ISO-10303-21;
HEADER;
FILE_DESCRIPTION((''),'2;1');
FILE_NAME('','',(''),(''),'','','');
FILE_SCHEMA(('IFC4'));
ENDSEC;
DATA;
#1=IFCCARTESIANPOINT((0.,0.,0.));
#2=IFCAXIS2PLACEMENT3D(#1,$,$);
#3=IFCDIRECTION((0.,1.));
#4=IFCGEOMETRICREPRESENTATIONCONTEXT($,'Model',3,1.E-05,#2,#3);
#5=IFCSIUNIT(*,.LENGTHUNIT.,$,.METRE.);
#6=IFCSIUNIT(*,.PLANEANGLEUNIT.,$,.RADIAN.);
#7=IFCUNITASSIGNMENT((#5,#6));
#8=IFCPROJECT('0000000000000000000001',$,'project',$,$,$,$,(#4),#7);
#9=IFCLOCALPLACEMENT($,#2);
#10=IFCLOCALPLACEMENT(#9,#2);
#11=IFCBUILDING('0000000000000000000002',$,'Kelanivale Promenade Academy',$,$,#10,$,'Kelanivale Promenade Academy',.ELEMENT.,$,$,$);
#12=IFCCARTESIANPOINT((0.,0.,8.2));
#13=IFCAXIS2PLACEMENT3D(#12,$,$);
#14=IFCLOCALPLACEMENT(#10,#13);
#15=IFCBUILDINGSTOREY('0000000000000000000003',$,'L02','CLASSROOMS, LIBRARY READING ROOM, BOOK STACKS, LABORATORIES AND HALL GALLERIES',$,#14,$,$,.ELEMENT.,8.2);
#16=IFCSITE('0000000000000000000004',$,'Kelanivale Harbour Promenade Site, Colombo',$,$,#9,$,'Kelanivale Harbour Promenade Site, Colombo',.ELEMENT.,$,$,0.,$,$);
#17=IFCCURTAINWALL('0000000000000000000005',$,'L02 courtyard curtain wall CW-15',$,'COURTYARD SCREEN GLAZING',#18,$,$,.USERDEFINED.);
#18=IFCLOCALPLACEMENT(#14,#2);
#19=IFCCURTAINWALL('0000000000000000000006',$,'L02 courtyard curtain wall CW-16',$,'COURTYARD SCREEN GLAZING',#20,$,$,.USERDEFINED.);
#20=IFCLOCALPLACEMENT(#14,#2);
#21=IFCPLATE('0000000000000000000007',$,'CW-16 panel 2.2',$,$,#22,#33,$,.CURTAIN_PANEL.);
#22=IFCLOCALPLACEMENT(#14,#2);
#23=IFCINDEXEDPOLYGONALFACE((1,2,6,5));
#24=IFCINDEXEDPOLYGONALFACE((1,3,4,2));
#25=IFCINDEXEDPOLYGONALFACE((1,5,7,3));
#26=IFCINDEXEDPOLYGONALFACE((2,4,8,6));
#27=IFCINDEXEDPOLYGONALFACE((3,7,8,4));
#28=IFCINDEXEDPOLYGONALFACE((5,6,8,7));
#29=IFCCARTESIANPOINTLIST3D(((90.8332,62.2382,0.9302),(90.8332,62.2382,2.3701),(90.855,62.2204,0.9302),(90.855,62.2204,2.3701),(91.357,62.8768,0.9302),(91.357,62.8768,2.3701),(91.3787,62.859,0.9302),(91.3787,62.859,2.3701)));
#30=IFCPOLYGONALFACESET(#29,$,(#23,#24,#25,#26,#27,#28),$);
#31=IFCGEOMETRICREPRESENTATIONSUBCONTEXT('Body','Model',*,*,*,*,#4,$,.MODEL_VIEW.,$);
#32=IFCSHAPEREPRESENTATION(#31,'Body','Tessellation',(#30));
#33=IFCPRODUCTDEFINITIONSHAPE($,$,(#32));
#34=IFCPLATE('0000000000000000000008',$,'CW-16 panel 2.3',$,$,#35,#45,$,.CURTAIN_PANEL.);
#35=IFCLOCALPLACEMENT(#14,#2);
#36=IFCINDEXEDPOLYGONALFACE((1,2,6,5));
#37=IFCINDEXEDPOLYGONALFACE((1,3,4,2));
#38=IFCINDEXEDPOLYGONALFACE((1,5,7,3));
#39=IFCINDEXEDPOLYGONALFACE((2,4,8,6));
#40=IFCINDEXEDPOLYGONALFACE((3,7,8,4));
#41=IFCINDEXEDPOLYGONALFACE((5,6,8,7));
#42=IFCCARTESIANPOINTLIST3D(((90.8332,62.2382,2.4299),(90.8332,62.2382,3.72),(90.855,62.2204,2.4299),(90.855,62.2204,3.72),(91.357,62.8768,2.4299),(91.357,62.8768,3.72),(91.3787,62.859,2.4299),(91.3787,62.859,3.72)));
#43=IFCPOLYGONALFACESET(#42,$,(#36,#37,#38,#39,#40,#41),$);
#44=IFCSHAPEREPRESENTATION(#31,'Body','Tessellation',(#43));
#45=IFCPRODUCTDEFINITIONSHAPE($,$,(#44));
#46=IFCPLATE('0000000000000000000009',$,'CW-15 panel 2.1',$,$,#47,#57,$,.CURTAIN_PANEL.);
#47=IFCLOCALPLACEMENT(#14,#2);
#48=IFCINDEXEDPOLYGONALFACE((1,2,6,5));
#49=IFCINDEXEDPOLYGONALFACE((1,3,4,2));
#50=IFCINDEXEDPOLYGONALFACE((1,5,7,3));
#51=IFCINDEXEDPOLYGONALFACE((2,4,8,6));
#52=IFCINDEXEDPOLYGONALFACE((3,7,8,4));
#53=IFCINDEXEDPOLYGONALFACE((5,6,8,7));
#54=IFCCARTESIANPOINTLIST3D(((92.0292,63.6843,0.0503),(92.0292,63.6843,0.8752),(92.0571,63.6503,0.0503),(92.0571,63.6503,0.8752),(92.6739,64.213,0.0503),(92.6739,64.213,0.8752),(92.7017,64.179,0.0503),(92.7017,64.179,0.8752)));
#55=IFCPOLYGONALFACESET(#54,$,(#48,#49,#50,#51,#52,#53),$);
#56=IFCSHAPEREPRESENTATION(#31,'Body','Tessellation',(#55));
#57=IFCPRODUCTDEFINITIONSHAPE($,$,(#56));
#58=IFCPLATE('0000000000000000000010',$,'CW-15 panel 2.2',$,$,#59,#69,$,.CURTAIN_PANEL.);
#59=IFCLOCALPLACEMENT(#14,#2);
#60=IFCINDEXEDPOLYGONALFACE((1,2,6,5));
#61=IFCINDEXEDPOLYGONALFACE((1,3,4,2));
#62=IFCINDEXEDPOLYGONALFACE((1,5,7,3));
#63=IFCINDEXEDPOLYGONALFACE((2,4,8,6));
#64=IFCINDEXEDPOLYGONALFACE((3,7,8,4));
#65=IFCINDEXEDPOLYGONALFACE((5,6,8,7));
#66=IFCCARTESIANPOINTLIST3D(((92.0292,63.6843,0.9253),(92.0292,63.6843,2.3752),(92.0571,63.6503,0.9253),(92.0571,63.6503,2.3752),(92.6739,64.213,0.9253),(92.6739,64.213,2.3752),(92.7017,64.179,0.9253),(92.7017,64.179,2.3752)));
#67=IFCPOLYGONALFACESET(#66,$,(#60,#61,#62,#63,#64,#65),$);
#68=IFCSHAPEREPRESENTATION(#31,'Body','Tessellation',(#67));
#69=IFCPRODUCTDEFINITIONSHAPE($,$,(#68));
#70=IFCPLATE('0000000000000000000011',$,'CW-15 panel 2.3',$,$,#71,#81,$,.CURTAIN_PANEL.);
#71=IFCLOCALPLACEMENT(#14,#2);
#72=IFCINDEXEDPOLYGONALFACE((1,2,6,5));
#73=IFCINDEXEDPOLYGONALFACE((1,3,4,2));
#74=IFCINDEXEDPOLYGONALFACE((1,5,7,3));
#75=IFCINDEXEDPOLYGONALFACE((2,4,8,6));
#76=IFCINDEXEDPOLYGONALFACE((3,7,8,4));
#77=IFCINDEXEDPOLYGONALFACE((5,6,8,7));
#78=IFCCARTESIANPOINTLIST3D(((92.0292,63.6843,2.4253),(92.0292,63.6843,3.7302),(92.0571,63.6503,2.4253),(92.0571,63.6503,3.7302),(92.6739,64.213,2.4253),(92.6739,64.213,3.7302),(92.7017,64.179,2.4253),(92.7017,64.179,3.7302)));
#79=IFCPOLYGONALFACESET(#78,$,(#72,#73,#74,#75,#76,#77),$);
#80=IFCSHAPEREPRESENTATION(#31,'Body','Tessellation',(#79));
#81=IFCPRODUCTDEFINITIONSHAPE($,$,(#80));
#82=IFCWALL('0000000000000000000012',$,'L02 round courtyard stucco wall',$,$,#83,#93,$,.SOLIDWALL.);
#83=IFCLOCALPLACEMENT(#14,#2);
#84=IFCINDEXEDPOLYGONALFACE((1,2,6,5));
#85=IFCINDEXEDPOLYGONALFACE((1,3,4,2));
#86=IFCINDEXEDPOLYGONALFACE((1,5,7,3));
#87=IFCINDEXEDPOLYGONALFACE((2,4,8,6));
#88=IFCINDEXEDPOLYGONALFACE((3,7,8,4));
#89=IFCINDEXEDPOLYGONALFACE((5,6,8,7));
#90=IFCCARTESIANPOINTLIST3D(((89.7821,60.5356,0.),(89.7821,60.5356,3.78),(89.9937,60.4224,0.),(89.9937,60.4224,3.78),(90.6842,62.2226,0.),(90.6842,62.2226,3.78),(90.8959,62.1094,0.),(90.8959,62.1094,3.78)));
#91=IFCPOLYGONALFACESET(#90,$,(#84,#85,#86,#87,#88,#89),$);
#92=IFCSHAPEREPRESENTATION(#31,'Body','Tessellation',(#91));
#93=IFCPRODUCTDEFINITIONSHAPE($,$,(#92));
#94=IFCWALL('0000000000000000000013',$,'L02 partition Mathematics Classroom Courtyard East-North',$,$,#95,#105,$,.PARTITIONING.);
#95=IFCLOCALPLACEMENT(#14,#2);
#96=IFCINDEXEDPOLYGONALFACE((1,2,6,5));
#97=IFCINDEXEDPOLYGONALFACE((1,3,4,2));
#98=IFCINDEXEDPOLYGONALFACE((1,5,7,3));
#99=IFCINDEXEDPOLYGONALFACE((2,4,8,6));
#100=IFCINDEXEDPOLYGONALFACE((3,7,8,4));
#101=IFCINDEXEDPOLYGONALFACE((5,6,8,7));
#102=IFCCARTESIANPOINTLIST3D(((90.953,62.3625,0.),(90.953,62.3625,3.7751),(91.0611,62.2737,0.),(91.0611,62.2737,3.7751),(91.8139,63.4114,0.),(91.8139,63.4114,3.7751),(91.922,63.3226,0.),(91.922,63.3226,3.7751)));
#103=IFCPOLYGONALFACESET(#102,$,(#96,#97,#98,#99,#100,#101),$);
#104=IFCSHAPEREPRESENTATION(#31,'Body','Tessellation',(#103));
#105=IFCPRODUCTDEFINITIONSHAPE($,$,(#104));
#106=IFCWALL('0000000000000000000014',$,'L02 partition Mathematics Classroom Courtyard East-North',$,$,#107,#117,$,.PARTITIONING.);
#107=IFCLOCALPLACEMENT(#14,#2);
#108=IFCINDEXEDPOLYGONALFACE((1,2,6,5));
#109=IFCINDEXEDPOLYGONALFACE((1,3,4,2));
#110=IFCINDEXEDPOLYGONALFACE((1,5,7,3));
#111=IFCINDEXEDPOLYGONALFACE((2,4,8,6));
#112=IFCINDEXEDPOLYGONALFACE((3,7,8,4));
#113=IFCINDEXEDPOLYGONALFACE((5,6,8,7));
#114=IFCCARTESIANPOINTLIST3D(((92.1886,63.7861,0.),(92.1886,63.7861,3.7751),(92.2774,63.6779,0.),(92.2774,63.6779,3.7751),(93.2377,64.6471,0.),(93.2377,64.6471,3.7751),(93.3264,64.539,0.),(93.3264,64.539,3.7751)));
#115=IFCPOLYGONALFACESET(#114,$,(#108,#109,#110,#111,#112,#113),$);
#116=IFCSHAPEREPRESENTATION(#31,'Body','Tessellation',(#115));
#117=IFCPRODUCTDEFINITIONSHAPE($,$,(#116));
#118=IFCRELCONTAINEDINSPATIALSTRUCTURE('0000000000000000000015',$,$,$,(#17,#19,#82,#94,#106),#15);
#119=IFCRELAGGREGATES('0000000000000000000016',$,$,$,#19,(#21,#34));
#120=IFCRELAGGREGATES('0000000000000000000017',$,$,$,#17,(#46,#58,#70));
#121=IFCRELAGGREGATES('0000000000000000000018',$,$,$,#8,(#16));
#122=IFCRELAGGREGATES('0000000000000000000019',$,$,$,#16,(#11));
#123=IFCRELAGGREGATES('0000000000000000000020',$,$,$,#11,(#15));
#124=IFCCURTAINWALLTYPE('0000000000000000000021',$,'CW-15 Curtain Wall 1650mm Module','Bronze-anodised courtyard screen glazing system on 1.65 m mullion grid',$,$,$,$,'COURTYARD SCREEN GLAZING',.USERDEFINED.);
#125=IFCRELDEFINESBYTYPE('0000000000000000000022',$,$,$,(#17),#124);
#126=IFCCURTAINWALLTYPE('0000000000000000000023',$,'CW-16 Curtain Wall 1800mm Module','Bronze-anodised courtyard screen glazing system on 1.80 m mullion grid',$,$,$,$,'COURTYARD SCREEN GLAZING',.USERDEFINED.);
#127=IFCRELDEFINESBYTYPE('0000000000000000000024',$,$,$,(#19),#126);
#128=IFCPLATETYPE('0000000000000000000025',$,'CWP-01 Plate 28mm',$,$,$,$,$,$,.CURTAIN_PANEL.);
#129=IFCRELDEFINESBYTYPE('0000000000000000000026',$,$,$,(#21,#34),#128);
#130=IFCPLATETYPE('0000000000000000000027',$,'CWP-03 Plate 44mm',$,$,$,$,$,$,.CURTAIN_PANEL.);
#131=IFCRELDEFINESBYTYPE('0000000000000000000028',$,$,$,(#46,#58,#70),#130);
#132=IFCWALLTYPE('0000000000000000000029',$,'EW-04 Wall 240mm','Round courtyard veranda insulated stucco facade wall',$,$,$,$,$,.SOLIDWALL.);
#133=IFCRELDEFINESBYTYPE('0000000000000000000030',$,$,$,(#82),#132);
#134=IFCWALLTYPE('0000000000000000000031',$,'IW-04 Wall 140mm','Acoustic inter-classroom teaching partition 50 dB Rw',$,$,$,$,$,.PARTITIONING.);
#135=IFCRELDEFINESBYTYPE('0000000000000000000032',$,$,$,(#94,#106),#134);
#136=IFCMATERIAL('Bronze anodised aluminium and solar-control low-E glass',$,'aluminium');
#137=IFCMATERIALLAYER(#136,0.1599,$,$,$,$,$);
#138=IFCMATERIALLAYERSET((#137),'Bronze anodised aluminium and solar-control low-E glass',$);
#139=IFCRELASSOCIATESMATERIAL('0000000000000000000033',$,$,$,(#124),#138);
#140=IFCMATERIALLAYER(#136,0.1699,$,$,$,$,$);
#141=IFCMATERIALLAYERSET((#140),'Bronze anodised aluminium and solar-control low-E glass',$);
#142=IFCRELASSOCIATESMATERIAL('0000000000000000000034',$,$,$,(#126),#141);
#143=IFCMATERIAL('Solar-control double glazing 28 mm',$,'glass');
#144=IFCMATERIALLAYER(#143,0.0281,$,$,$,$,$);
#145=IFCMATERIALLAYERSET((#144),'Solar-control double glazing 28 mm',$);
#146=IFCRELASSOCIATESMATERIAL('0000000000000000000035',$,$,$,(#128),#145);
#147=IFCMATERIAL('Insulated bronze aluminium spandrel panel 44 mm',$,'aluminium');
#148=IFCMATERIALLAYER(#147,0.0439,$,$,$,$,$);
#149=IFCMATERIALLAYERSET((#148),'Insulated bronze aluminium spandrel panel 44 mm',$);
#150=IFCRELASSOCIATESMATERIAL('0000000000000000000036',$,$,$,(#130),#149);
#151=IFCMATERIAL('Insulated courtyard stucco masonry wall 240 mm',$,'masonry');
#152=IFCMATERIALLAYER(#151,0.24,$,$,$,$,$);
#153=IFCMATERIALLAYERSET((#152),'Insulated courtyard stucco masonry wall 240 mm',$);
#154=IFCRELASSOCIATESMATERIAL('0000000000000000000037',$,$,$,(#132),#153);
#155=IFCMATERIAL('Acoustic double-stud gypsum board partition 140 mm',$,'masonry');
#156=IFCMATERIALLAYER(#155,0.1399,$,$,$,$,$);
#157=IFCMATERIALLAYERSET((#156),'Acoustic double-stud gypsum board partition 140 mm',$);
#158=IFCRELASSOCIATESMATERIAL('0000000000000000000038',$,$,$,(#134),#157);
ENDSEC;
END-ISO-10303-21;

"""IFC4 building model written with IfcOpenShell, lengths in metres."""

from ifc_helpers import new_model, si_unit, direction, frame, frame_2d, origin, origin_2d, place, context, subcontext, project, spatial, rectangle, extrude, material, layer, layer_set, type_object, element, aggregate, save


model = new_model("IFC4")

# Units and contexts
model_context = context("Model", 3, precision=1e-05, world=origin(), true_north=direction((0.0, 1.0)))
body_context = subcontext(model_context, "Body", "Model", "MODEL_VIEW")
ifc_project = project(units=[si_unit("LENGTHUNIT", "METRE"), si_unit("PLANEANGLEUNIT", "RADIAN")], contexts=[model_context])

# Site, building, storey
site_placement = place(None, origin())
site = spatial("IfcSite", under=ifc_project, at=site_placement, Name="Kelanivale Harbour Promenade Site, Colombo", LongName="Kelanivale Harbour Promenade Site, Colombo", CompositionType="ELEMENT", RefElevation=0.0)
building_placement = place(site_placement, origin())
building = spatial("IfcBuilding", under=site, at=building_placement, Name="Kelanivale Promenade Academy", LongName="Kelanivale Promenade Academy", CompositionType="ELEMENT")
storey_placement = place(building_placement, frame((0.0, 0.0, 8.2)))
storey = spatial("IfcBuildingStorey", under=building, at=storey_placement, Name="L02", Description="CLASSROOMS, LIBRARY READING ROOM, BOOK STACKS, LABORATORIES AND HALL GALLERIES", CompositionType="ELEMENT", Elevation=8.2)

# Curtain wall
ifc_material_1 = material(Name="Bronze anodised aluminium and solar-control low-E glass", Category="aluminium")
ifc_layer_1 = layer(ifc_material_1, 0.1599)
ifc_layer_set_1 = layer_set([ifc_layer_1], Name="Bronze anodised aluminium and solar-control low-E glass")
curtain_wall_type_1 = type_object("IfcCurtainWallType", Name="CW-15 Curtain Wall 1650mm Module", Description="Bronze-anodised courtyard screen glazing system on 1.65 m mullion grid", ElementType="COURTYARD SCREEN GLAZING", PredefinedType="USERDEFINED", material=ifc_layer_set_1)
curtain_wall_1_placement = place(storey_placement, origin())
curtain_wall_1 = element("IfcCurtainWall", 1, at=curtain_wall_1_placement, inside=storey, type_object=curtain_wall_type_1, Name="L02 courtyard curtain wall CW-15", ObjectType="COURTYARD SCREEN GLAZING", PredefinedType="USERDEFINED")

# Curtain wall
ifc_layer_2 = layer(ifc_material_1, 0.1699)
ifc_layer_set_2 = layer_set([ifc_layer_2], Name="Bronze anodised aluminium and solar-control low-E glass")
curtain_wall_type_2 = type_object("IfcCurtainWallType", Name="CW-16 Curtain Wall 1800mm Module", Description="Bronze-anodised courtyard screen glazing system on 1.80 m mullion grid", ElementType="COURTYARD SCREEN GLAZING", PredefinedType="USERDEFINED", material=ifc_layer_set_2)
curtain_wall_2_placement = place(storey_placement, origin())
curtain_wall_2 = element("IfcCurtainWall", 2, at=curtain_wall_2_placement, inside=storey, type_object=curtain_wall_type_2, Name="L02 courtyard curtain wall CW-16", ObjectType="COURTYARD SCREEN GLAZING", PredefinedType="USERDEFINED")

# Plates
ifc_material_2 = material(Name="Solar-control double glazing 28 mm", Category="glass")
ifc_layer_3 = layer(ifc_material_2, 0.0281)
ifc_layer_set_3 = layer_set([ifc_layer_3], Name="Solar-control double glazing 28 mm")
plate_type_1 = type_object("IfcPlateType", Name="CWP-01 Plate 28mm", PredefinedType="CURTAIN_PANEL", material=ifc_layer_set_3)
plate_1_placement = place(storey_placement, frame((91.106, 62.5486, 0.9302), z_axis=(0.0, 0.0, 1.0), x_axis=(-0.634093, -0.773257, 0.0)))
plate_1 = element("IfcPlate", 3, at=plate_1_placement, type_object=plate_type_1, Name="CW-16 panel 2.2", PredefinedType="CURTAIN_PANEL", context=body_context, shape_type="SweptSolid", body=[
    extrude(rectangle(XDim=0.8259, YDim=0.0281, at=origin_2d()), origin(), (0.0, 0.0, 1.0), 1.4399),
])
plate_2_placement = place(storey_placement, frame((91.106, 62.5486, 2.4299), z_axis=(0.0, 0.0, 1.0), x_axis=(-0.634093, -0.773257, 0.0)))
plate_2 = element("IfcPlate", 4, at=plate_2_placement, type_object=plate_type_1, Name="CW-16 panel 2.3", PredefinedType="CURTAIN_PANEL", context=body_context, shape_type="SweptSolid", body=[
    extrude(rectangle(XDim=0.8259, YDim=0.0281, at=origin_2d()), origin(), (0.0, 0.0, 1.0), 1.29),
])
aggregate(curtain_wall_2, [plate_1, plate_2])
ifc_material_3 = material(Name="Insulated bronze aluminium spandrel panel 44 mm", Category="aluminium")
ifc_layer_4 = layer(ifc_material_3, 0.0439)
ifc_layer_set_4 = layer_set([ifc_layer_4], Name="Insulated bronze aluminium spandrel panel 44 mm")
plate_type_2 = type_object("IfcPlateType", Name="CWP-03 Plate 44mm", PredefinedType="CURTAIN_PANEL", material=ifc_layer_set_4)
plate_3_placement = place(storey_placement, frame((92.3655, 63.9316, 0.0503), z_axis=(0.0, 0.0, 1.0), x_axis=(-0.773215, -0.634144, 0.0)))
plate_3 = element("IfcPlate", 5, at=plate_3_placement, type_object=plate_type_2, Name="CW-15 panel 2.1", PredefinedType="CURTAIN_PANEL", context=body_context, shape_type="SweptSolid", body=[
    extrude(rectangle(XDim=0.8337, YDim=0.0439, at=origin_2d()), origin(), (0.0, 0.0, 1.0), 0.825),
])
plate_4_placement = place(storey_placement, frame((92.3655, 63.9316, 0.9253), z_axis=(0.0, 0.0, 1.0), x_axis=(-0.773215, -0.634144, 0.0)))
plate_4 = element("IfcPlate", 6, at=plate_4_placement, type_object=plate_type_2, Name="CW-15 panel 2.2", PredefinedType="CURTAIN_PANEL", context=body_context, shape_type="SweptSolid", body=[
    extrude(rectangle(XDim=0.8337, YDim=0.0439, at=origin_2d()), origin(), (0.0, 0.0, 1.0), 1.45),
])
plate_5_placement = place(storey_placement, frame((92.3655, 63.9316, 2.4253), z_axis=(0.0, 0.0, 1.0), x_axis=(-0.773215, -0.634144, 0.0)))
plate_5 = element("IfcPlate", 7, at=plate_5_placement, type_object=plate_type_2, Name="CW-15 panel 2.3", PredefinedType="CURTAIN_PANEL", context=body_context, shape_type="SweptSolid", body=[
    extrude(rectangle(XDim=0.8337, YDim=0.0439, at=origin_2d()), origin(), (0.0, 0.0, 1.0), 1.3049),
])
aggregate(curtain_wall_1, [plate_3, plate_4, plate_5])

# Walls
ifc_material_4 = material(Name="Insulated courtyard stucco masonry wall 240 mm", Category="masonry")
ifc_layer_5 = layer(ifc_material_4, 0.24)
ifc_layer_set_5 = layer_set([ifc_layer_5], Name="Insulated courtyard stucco masonry wall 240 mm")
wall_type_1 = type_object("IfcWallType", Name="EW-04 Wall 240mm", Description="Round courtyard veranda insulated stucco facade wall", PredefinedType="SOLIDWALL", material=ifc_layer_set_5)
wall_1_placement = place(storey_placement, frame((90.79, 62.166, 0.0), z_axis=(0.0, 0.0, 1.0), x_axis=(-0.471548, -0.88184, 0.0)))
element("IfcWall", 8, at=wall_1_placement, inside=storey, type_object=wall_type_1, Name="L02 round courtyard stucco wall", PredefinedType="SOLIDWALL", context=body_context, shape_type="SweptSolid", body=[
    extrude(rectangle(XDim=1.9131, YDim=0.24, at=frame_2d((0.9565, 0.0))), origin(), (0.0, 0.0, 1.0), 3.78),
])
ifc_material_5 = material(Name="Acoustic double-stud gypsum board partition 140 mm", Category="masonry")
ifc_layer_6 = layer(ifc_material_5, 0.1399)
ifc_layer_set_6 = layer_set([ifc_layer_6], Name="Acoustic double-stud gypsum board partition 140 mm")
wall_type_2 = type_object("IfcWallType", Name="IW-04 Wall 140mm", Description="Acoustic inter-classroom teaching partition 50 dB Rw", PredefinedType="PARTITIONING", material=ifc_layer_set_6)
wall_2_placement = place(storey_placement, frame((91.0071, 62.3181, 0.0), z_axis=(0.0, 0.0, 1.0), x_axis=(0.634432, 0.772978, 0.0)))
element("IfcWall", 9, at=wall_2_placement, inside=storey, type_object=wall_type_2, Name="L02 partition Mathematics Classroom Courtyard East-North", PredefinedType="PARTITIONING", context=body_context, shape_type="SweptSolid", body=[
    extrude(rectangle(XDim=1.3569, YDim=0.1399, at=frame_2d((0.6785, 0.0))), origin(), (0.0, 0.0, 1.0), 3.7751),
])
wall_3_placement = place(storey_placement, frame((92.2329, 63.7319, 0.0), z_axis=(0.0, 0.0, 1.0), x_axis=(0.772963, 0.634452, 0.0)))
element("IfcWall", 10, at=wall_3_placement, inside=storey, type_object=wall_type_2, Name="L02 partition Mathematics Classroom Courtyard East-North", PredefinedType="PARTITIONING", context=body_context, shape_type="SweptSolid", body=[
    extrude(rectangle(XDim=1.3572, YDim=0.1399, at=frame_2d((0.6787, 0.0))), origin(), (0.0, 0.0, 1.0), 3.7751),
])

save(model, "model.ifc")
